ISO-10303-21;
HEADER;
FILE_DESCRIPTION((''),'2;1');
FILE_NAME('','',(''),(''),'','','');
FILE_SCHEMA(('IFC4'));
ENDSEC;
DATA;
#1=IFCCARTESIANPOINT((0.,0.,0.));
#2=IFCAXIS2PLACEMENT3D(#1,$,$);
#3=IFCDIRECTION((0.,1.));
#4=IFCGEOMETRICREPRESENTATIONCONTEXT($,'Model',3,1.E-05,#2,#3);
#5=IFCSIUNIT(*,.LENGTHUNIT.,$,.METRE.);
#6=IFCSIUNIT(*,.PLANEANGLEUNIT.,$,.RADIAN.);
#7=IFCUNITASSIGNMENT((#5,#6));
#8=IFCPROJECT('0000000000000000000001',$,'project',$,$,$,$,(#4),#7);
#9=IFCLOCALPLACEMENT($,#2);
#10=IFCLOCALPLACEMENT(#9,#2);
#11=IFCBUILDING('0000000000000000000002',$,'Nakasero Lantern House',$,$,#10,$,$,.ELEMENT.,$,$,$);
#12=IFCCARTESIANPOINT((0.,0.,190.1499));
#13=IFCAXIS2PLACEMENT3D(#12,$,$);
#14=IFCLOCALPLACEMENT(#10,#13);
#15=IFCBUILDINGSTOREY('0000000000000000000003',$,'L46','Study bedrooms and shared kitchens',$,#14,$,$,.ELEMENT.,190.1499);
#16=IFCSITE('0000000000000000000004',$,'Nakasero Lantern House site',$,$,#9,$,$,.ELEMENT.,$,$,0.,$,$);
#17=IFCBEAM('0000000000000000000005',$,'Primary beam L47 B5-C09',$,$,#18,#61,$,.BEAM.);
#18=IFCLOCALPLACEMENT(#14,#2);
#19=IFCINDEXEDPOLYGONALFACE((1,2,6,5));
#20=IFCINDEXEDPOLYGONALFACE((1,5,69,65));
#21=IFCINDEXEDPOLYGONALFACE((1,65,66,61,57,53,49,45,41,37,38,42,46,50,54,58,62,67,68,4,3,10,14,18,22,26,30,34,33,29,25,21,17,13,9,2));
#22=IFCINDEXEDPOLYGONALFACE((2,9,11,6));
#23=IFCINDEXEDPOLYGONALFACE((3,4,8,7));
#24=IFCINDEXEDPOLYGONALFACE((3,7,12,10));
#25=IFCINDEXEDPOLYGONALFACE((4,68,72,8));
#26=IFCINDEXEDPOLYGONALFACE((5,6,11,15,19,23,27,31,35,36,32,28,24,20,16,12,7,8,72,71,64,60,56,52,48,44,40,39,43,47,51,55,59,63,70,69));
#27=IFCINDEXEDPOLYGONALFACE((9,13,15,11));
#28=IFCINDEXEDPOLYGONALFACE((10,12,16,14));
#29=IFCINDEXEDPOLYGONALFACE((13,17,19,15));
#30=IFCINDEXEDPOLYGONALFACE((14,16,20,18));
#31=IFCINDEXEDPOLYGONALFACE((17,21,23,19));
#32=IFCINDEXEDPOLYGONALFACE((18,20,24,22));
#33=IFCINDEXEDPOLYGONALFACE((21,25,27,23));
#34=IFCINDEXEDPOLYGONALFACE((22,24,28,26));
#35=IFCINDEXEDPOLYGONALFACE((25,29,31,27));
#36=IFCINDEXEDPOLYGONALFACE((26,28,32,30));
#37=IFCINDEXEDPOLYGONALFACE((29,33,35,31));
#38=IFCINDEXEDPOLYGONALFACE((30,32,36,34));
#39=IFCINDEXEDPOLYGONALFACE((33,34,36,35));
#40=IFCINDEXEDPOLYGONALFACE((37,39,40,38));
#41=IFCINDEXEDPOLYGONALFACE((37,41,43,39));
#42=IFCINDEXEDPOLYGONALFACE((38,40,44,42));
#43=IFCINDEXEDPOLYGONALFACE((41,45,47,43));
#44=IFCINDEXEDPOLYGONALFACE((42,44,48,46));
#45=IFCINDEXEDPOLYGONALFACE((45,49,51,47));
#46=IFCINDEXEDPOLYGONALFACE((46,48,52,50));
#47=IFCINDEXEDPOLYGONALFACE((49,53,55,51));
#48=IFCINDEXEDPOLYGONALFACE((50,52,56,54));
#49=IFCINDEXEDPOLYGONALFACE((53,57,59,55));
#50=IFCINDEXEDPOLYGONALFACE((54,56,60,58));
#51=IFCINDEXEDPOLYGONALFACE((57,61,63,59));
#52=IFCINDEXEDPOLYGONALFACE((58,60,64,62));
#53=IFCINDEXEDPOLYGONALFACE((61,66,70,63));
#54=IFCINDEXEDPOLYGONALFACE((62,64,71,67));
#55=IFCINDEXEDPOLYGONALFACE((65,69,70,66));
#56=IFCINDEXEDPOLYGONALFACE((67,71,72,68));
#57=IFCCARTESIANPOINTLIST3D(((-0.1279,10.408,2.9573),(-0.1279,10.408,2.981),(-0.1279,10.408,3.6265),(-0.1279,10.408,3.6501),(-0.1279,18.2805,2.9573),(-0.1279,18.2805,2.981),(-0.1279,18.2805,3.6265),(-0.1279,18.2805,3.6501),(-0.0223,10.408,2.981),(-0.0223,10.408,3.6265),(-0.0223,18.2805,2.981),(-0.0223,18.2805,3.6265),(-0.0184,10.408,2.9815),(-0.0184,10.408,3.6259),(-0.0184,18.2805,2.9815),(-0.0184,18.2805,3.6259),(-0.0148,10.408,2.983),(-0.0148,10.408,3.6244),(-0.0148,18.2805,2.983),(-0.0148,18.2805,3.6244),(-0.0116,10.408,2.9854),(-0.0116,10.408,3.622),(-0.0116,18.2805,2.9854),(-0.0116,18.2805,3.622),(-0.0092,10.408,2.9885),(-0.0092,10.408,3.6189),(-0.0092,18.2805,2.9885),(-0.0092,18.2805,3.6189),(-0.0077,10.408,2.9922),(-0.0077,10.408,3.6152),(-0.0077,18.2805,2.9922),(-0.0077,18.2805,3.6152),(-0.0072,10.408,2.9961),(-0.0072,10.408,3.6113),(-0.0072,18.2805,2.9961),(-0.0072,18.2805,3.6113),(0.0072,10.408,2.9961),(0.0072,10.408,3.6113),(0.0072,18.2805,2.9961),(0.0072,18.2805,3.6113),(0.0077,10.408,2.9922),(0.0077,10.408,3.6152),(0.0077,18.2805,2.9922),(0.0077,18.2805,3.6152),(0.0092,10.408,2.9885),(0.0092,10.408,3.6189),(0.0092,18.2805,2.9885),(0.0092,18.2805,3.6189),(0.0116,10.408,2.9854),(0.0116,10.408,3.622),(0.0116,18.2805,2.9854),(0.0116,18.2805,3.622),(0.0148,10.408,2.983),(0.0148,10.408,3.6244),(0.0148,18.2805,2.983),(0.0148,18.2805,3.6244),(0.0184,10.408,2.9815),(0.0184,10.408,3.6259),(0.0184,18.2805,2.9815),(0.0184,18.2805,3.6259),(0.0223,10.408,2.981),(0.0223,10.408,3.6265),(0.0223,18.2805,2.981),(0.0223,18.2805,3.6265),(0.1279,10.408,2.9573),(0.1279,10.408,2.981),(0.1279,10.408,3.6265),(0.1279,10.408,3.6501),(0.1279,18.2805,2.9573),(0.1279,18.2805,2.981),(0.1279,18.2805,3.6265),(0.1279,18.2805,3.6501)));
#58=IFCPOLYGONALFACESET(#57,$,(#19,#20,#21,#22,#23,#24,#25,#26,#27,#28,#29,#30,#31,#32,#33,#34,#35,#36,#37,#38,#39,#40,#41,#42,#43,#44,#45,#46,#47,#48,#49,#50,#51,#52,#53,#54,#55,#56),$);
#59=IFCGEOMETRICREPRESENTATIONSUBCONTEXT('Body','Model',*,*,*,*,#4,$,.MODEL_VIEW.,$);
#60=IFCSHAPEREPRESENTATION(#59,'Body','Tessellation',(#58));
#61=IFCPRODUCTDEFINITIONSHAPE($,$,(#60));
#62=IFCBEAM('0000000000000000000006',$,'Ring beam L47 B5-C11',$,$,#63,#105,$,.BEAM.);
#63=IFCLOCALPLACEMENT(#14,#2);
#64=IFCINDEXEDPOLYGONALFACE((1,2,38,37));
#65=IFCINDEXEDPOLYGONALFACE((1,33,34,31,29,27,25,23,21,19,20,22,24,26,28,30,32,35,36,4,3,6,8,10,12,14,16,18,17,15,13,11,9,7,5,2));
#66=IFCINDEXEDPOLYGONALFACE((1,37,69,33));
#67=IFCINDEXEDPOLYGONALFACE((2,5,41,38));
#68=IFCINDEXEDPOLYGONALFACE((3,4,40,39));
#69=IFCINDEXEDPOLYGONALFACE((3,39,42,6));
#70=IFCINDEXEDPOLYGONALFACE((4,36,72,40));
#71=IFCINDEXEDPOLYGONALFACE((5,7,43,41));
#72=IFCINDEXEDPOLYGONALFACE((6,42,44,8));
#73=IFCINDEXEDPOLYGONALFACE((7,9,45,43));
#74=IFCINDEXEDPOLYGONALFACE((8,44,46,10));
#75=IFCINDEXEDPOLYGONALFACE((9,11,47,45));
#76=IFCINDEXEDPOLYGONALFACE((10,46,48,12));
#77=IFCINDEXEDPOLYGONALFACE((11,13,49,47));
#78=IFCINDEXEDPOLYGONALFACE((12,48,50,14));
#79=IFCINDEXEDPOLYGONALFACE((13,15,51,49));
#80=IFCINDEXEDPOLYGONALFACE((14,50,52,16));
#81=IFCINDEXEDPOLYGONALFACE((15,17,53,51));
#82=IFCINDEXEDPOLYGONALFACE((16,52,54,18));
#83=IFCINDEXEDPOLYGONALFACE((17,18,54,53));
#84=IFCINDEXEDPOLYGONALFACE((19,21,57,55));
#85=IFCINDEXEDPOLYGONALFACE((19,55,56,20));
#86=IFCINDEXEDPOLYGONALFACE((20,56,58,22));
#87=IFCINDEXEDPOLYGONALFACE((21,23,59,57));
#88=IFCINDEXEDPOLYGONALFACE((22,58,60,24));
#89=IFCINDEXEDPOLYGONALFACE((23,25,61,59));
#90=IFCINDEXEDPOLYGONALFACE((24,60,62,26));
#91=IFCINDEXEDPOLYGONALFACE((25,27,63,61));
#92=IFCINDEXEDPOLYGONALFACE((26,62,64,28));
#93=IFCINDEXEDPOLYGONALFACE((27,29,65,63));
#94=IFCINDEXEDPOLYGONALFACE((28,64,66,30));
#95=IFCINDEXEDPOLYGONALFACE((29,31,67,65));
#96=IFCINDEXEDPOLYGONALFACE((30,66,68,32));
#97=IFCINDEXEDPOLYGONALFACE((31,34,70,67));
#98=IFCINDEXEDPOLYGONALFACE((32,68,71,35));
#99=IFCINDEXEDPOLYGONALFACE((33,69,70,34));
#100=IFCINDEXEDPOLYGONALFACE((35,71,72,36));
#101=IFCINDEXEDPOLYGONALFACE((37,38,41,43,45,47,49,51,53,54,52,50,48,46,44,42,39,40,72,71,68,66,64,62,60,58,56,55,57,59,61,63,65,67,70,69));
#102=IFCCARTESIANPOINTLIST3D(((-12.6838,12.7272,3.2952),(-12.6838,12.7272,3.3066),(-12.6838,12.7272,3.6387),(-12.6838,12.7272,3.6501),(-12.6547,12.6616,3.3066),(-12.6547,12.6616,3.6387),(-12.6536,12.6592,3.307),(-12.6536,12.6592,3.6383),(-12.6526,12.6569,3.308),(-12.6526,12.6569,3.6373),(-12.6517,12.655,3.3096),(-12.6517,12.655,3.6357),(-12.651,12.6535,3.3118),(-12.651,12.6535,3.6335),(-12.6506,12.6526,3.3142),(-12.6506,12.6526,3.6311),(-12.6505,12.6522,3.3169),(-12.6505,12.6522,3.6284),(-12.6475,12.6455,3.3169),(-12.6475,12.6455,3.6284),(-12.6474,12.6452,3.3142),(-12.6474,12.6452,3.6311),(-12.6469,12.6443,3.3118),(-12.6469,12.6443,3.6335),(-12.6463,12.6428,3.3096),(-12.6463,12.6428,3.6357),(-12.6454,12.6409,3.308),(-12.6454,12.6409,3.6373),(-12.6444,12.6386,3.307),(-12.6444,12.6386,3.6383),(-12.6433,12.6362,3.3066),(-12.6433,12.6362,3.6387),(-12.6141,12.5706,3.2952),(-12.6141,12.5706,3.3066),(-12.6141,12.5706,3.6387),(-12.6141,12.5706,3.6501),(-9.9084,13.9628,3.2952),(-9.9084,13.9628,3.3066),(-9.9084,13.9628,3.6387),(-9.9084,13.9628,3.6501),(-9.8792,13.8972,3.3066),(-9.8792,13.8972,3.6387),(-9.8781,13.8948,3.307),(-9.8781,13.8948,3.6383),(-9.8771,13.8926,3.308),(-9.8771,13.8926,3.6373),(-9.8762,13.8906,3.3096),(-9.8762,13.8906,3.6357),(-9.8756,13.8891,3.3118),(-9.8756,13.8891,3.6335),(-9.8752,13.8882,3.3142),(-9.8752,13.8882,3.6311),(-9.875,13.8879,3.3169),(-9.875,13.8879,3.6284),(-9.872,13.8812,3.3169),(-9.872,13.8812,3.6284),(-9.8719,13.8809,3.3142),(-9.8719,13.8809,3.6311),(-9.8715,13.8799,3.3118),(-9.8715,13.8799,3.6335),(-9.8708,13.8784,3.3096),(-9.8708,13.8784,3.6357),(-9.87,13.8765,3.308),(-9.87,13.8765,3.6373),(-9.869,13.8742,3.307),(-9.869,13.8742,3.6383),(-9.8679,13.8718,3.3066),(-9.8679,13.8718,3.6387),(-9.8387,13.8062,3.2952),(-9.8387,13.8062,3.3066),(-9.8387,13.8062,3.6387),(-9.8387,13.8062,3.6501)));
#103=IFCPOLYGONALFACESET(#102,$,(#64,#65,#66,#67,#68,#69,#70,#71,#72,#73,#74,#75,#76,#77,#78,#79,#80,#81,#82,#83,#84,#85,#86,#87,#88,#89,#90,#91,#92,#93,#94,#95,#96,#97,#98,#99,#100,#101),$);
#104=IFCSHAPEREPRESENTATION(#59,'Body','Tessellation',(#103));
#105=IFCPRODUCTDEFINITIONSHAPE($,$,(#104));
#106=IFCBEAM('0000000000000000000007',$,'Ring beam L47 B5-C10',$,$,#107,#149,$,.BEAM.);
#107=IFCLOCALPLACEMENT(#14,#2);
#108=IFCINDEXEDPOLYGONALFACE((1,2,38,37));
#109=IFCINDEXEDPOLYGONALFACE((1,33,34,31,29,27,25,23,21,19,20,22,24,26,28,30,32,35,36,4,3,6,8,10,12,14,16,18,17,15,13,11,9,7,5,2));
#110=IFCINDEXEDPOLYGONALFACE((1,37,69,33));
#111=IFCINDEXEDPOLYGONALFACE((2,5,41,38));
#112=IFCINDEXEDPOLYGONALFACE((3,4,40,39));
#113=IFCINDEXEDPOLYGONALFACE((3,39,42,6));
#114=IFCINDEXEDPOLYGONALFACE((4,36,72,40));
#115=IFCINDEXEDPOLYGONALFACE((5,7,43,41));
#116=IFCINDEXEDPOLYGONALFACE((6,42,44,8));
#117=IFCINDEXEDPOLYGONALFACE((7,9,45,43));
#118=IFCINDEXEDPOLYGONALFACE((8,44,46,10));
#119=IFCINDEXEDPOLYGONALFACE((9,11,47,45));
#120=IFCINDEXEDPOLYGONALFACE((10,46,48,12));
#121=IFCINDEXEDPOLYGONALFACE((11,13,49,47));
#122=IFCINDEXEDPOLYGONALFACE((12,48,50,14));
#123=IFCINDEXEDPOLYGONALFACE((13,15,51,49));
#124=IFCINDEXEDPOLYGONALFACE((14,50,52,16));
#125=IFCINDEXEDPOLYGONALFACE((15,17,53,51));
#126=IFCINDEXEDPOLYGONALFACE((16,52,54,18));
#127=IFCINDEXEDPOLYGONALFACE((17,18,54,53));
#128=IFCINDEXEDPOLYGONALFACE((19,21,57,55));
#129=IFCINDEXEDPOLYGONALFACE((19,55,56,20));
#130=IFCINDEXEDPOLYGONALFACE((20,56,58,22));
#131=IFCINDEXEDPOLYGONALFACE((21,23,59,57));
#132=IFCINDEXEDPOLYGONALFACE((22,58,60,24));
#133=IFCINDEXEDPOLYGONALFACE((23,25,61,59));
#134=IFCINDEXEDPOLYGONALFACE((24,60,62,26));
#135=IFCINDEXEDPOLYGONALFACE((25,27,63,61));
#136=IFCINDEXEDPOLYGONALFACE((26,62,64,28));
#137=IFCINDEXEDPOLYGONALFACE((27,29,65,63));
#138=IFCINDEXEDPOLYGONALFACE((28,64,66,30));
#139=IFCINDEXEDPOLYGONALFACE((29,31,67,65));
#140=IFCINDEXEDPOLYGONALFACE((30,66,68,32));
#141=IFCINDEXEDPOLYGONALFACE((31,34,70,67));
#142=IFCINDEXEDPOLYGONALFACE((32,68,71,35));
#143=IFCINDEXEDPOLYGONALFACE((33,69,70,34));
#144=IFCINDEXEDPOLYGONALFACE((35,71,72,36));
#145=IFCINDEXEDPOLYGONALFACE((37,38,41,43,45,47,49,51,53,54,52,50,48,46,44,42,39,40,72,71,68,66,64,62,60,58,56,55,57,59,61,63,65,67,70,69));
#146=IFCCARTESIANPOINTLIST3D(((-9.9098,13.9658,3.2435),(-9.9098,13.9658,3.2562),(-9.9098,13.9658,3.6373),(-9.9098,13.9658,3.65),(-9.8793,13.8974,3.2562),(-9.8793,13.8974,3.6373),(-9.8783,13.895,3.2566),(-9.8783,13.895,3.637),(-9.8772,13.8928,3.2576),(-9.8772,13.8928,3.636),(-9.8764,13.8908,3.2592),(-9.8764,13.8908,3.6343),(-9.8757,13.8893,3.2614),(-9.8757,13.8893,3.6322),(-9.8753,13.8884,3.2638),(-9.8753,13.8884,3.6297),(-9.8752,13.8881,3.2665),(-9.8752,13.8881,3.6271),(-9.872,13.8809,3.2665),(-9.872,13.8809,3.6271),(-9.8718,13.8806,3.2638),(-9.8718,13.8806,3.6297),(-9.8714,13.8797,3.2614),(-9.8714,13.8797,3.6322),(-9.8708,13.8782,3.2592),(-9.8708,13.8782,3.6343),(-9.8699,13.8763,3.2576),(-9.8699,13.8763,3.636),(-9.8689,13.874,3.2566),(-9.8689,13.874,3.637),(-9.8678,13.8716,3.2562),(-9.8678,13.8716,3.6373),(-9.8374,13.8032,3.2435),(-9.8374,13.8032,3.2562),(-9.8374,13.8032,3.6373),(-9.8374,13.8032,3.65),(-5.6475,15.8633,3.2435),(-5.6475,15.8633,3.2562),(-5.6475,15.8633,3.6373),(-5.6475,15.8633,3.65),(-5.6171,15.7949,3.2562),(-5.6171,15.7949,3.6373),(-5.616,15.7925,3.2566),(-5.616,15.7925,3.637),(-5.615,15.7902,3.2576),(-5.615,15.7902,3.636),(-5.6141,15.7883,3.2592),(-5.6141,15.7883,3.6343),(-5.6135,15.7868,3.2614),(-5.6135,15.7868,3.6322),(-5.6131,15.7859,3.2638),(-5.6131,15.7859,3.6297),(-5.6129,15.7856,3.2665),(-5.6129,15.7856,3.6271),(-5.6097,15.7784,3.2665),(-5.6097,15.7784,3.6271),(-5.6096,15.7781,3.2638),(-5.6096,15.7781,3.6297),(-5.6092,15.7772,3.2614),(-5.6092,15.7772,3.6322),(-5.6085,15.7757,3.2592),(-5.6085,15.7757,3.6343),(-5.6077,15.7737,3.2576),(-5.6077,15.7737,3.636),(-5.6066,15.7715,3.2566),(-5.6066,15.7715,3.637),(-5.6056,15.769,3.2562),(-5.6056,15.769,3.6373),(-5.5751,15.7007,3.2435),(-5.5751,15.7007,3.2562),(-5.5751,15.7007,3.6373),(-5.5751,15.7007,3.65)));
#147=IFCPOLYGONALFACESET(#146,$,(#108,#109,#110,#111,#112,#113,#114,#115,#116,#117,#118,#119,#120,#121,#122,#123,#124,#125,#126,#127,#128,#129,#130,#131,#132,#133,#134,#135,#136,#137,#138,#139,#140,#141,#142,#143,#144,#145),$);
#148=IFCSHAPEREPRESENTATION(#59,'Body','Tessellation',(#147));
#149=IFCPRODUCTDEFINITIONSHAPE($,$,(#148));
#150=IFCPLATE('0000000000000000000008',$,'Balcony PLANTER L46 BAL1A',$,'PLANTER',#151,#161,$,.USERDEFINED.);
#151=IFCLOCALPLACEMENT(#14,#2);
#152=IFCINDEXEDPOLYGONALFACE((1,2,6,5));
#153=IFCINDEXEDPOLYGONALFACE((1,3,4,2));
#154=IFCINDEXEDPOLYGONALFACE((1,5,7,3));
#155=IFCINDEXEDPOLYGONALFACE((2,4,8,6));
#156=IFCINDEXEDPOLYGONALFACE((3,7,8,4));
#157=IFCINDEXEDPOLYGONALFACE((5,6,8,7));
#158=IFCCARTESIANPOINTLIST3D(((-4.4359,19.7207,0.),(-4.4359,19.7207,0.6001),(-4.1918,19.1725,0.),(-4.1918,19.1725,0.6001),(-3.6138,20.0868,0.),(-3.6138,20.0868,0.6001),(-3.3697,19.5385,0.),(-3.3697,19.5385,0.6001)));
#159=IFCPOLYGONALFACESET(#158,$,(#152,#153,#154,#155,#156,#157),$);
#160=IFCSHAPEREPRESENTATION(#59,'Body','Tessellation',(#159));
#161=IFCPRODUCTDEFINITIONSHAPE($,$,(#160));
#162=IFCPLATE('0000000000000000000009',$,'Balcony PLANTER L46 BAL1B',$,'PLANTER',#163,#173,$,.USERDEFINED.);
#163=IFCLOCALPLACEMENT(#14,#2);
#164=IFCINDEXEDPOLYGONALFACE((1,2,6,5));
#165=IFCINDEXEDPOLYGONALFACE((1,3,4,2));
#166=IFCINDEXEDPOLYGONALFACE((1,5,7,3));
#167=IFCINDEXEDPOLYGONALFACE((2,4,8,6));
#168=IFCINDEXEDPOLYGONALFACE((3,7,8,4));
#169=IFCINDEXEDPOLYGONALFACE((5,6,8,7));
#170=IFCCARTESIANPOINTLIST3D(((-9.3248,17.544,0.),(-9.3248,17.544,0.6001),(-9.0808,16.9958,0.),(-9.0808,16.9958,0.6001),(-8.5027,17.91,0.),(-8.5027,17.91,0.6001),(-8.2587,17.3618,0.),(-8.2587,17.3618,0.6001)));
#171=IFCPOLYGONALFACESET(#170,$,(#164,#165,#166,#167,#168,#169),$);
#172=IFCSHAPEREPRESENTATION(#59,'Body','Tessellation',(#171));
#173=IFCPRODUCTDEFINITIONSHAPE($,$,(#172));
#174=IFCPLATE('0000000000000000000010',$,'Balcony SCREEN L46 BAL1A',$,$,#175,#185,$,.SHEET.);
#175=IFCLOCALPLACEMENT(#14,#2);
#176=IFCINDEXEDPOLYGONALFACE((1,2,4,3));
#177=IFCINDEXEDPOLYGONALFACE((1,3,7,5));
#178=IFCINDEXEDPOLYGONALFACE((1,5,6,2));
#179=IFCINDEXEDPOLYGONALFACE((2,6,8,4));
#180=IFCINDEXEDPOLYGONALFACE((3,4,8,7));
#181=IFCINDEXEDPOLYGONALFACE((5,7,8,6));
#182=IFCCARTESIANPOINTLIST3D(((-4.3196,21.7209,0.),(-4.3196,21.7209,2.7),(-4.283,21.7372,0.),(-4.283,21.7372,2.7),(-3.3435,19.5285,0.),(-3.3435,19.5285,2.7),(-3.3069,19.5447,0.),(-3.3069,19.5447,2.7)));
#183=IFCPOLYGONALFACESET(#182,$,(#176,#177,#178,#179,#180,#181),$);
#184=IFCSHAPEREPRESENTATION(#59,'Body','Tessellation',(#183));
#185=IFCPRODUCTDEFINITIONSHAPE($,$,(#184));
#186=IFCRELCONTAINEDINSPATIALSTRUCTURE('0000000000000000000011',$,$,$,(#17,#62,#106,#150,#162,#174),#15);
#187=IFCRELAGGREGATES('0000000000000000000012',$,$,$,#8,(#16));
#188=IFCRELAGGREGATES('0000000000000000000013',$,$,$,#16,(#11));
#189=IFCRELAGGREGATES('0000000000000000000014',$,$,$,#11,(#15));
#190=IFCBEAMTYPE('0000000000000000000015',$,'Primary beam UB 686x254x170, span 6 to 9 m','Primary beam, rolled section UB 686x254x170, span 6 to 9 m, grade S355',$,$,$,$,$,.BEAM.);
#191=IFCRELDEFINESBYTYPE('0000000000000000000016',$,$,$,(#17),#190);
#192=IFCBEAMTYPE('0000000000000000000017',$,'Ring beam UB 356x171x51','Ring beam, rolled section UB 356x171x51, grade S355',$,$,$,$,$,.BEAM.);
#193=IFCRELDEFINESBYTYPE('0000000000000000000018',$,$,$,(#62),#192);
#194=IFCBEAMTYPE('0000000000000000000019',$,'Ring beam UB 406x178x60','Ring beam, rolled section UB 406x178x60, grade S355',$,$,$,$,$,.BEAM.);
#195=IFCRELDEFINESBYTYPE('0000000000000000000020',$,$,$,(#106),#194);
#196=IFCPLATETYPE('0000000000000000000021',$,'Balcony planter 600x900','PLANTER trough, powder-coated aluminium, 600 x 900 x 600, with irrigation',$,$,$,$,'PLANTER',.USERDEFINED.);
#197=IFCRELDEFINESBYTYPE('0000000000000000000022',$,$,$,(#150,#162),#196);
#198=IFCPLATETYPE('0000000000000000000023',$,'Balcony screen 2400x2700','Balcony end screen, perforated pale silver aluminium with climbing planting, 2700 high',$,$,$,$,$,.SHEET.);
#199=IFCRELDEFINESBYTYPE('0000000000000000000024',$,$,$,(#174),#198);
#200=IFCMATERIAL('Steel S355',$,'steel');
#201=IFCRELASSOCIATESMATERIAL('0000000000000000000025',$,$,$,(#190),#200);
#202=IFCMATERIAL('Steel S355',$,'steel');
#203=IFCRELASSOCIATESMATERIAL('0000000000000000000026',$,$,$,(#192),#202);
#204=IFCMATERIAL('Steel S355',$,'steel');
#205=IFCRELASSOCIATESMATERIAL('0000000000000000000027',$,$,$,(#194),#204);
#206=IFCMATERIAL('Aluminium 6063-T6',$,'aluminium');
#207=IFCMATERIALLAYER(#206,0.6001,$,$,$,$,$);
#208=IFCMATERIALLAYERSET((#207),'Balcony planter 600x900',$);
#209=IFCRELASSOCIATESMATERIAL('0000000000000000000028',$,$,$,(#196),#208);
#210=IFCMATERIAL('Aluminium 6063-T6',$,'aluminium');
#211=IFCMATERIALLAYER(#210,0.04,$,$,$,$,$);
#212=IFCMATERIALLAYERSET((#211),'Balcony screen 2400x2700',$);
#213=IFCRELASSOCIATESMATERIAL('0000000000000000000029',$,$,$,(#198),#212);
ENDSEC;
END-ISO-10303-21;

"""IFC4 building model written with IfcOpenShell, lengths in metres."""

from ifc_helpers import new_model, si_unit, direction, frame, origin, origin_2d, place, context, subcontext, project, spatial, rectangle, i_section, extrude, material, layer, layer_set, material_profile, profile_set, type_object, element, save


model = new_model("IFC4")

# Units and contexts
model_context = context("Model", 3, precision=1e-05, world=origin(), true_north=direction((0.0, 1.0)))
body_context = subcontext(model_context, "Body", "Model", "MODEL_VIEW")
ifc_project = project(units=[si_unit("LENGTHUNIT", "METRE"), si_unit("PLANEANGLEUNIT", "RADIAN")], contexts=[model_context])

# Site, building, storey
site_placement = place(None, origin())
site = spatial("IfcSite", under=ifc_project, at=site_placement, Name="Nakasero Lantern House site", CompositionType="ELEMENT", RefElevation=0.0)
building_placement = place(site_placement, origin())
building = spatial("IfcBuilding", under=site, at=building_placement, Name="Nakasero Lantern House", CompositionType="ELEMENT")
storey_placement = place(building_placement, frame((0.0, 0.0, 190.1499)))
storey = spatial("IfcBuildingStorey", under=building, at=storey_placement, Name="L46", Description="Study bedrooms and shared kitchens", CompositionType="ELEMENT", Elevation=190.1499)

# Beams
ifc_material_1 = material(Name="Steel S355", Category="steel")
ifc_material_profile_1 = material_profile(ifc_material_1, i_section(OverallWidth=0.2559, OverallDepth=0.6929, WebThickness=0.0144, FlangeThickness=0.0237, FilletRadius=0.0151, at=origin_2d()), Name="UB 686x254x170")
ifc_profile_set_1 = profile_set([ifc_material_profile_1], Name="Steel S355")
beam_type_1 = type_object("IfcBeamType", Name="Primary beam UB 686x254x170, span 6 to 9 m", Description="Primary beam, rolled section UB 686x254x170, span 6 to 9 m, grade S355", PredefinedType="BEAM", material=ifc_profile_set_1)
beam_1_placement = place(storey_placement, frame((0.0, 18.2805, 3.3037), z_axis=(0.0, -1.0, 0.0), x_axis=(1.0, 0.0, 0.0)))
element("IfcBeam", 1, at=beam_1_placement, inside=storey, type_object=beam_type_1, Name="Primary beam L47 B5-C09", PredefinedType="BEAM", context=body_context, shape_type="SweptSolid", body=[
    extrude(i_section(OverallWidth=0.2559, OverallDepth=0.6929, WebThickness=0.0144, FlangeThickness=0.0237, FilletRadius=0.0151, at=origin_2d()), origin(), (0.0, 0.0, 1.0), 7.8726),
])
ifc_material_2 = material(Name="Steel S355", Category="steel")
ifc_material_profile_2 = material_profile(ifc_material_2, i_section(OverallWidth=0.1714, OverallDepth=0.355, WebThickness=0.0073, FlangeThickness=0.0115, FilletRadius=0.0103, at=origin_2d()), Name="UB 356x171x51")
ifc_profile_set_2 = profile_set([ifc_material_profile_2], Name="Steel S355")
beam_type_2 = type_object("IfcBeamType", Name="Ring beam UB 356x171x51", Description="Ring beam, rolled section UB 356x171x51, grade S355", PredefinedType="BEAM", material=ifc_profile_set_2)
beam_2_placement = place(storey_placement, frame((-9.8735, 13.8845, 3.4727), z_axis=(-0.913556, -0.406713, 0.0), x_axis=(0.406713, -0.913556, 0.0)))
element("IfcBeam", 2, at=beam_2_placement, inside=storey, type_object=beam_type_2, Name="Ring beam L47 B5-C11", PredefinedType="BEAM", context=body_context, shape_type="SweptSolid", body=[
    extrude(i_section(OverallWidth=0.1714, OverallDepth=0.355, WebThickness=0.0073, FlangeThickness=0.0115, FilletRadius=0.0103, at=origin_2d()), origin(), (0.0, 0.0, 1.0), 3.0381),
])
ifc_material_3 = material(Name="Steel S355", Category="steel")
ifc_material_profile_3 = material_profile(ifc_material_3, i_section(OverallWidth=0.178, OverallDepth=0.4065, WebThickness=0.0078, FlangeThickness=0.0127, FilletRadius=0.0103, at=origin_2d()), Name="UB 406x178x60")
ifc_profile_set_3 = profile_set([ifc_material_profile_3], Name="Steel S355")
beam_type_3 = type_object("IfcBeamType", Name="Ring beam UB 406x178x60", Description="Ring beam, rolled section UB 406x178x60, grade S355", PredefinedType="BEAM", material=ifc_profile_set_3)
beam_3_placement = place(storey_placement, frame((-5.6113, 15.782, 3.4468), z_axis=(-0.913561, -0.406702, 0.0), x_axis=(0.406702, -0.913561, 0.0)))
element("IfcBeam", 3, at=beam_3_placement, inside=storey, type_object=beam_type_3, Name="Ring beam L47 B5-C10", PredefinedType="BEAM", context=body_context, shape_type="SweptSolid", body=[
    extrude(i_section(OverallWidth=0.178, OverallDepth=0.4065, WebThickness=0.0078, FlangeThickness=0.0127, FilletRadius=0.0103, at=origin_2d()), origin(), (0.0, 0.0, 1.0), 4.6655),
])

# Plates
ifc_material_4 = material(Name="Aluminium 6063-T6", Category="aluminium")
ifc_layer_1 = layer(ifc_material_4, 0.6001)
ifc_layer_set_1 = layer_set([ifc_layer_1], Name="Balcony planter 600x900")
plate_type_1 = type_object("IfcPlateType", Name="Balcony planter 600x900", Description="PLANTER trough, powder-coated aluminium, 600 x 900 x 600, with irrigation", ElementType="PLANTER", PredefinedType="USERDEFINED", material=ifc_layer_set_1)
for number, where, z_axis, x_axis, name in (
    (4, (-3.9028, 19.6296, 0.0), (0.0, 0.0, 1.0), (-0.406737, 0.913545, 0.0), "Balcony PLANTER L46 BAL1A"),
    (5, (-8.7917, 17.4529, 0.0), (0.0, 0.0, 1.0), (-0.406737, 0.913545, 0.0), "Balcony PLANTER L46 BAL1B"),
):
    element("IfcPlate", number, at=place(storey_placement, frame(where, z_axis=z_axis, x_axis=x_axis)), inside=storey, type_object=plate_type_1, Name=name, ObjectType="PLANTER", PredefinedType="USERDEFINED", context=body_context, shape_type="SweptSolid", body=[
        extrude(rectangle(XDim=0.6001, YDim=0.8999, at=origin_2d()), origin(), (0.0, 0.0, 1.0), 0.6001),
    ])
ifc_material_5 = material(Name="Aluminium 6063-T6", Category="aluminium")
ifc_layer_2 = layer(ifc_material_5, 0.04)
ifc_layer_set_2 = layer_set([ifc_layer_2], Name="Balcony screen 2400x2700")
plate_type_2 = type_object("IfcPlateType", Name="Balcony screen 2400x2700", Description="Balcony end screen, perforated pale silver aluminium with climbing planting, 2700 high", PredefinedType="SHEET", material=ifc_layer_set_2)
for number, where, z_axis, x_axis, name in (
    (6, (-3.8132, 20.6328, 0.0), (0.0, 0.0, 1.0), (-0.406737, 0.913545, 0.0), "Balcony SCREEN L46 BAL1A"),
):
    element("IfcPlate", number, at=place(storey_placement, frame(where, z_axis=z_axis, x_axis=x_axis)), inside=storey, type_object=plate_type_2, Name=name, PredefinedType="SHEET", context=body_context, shape_type="SweptSolid", body=[
        extrude(rectangle(XDim=2.3999, YDim=0.04, at=origin_2d()), origin(), (0.0, 0.0, 1.0), 2.7),
    ])

save(model, "model.ifc")
